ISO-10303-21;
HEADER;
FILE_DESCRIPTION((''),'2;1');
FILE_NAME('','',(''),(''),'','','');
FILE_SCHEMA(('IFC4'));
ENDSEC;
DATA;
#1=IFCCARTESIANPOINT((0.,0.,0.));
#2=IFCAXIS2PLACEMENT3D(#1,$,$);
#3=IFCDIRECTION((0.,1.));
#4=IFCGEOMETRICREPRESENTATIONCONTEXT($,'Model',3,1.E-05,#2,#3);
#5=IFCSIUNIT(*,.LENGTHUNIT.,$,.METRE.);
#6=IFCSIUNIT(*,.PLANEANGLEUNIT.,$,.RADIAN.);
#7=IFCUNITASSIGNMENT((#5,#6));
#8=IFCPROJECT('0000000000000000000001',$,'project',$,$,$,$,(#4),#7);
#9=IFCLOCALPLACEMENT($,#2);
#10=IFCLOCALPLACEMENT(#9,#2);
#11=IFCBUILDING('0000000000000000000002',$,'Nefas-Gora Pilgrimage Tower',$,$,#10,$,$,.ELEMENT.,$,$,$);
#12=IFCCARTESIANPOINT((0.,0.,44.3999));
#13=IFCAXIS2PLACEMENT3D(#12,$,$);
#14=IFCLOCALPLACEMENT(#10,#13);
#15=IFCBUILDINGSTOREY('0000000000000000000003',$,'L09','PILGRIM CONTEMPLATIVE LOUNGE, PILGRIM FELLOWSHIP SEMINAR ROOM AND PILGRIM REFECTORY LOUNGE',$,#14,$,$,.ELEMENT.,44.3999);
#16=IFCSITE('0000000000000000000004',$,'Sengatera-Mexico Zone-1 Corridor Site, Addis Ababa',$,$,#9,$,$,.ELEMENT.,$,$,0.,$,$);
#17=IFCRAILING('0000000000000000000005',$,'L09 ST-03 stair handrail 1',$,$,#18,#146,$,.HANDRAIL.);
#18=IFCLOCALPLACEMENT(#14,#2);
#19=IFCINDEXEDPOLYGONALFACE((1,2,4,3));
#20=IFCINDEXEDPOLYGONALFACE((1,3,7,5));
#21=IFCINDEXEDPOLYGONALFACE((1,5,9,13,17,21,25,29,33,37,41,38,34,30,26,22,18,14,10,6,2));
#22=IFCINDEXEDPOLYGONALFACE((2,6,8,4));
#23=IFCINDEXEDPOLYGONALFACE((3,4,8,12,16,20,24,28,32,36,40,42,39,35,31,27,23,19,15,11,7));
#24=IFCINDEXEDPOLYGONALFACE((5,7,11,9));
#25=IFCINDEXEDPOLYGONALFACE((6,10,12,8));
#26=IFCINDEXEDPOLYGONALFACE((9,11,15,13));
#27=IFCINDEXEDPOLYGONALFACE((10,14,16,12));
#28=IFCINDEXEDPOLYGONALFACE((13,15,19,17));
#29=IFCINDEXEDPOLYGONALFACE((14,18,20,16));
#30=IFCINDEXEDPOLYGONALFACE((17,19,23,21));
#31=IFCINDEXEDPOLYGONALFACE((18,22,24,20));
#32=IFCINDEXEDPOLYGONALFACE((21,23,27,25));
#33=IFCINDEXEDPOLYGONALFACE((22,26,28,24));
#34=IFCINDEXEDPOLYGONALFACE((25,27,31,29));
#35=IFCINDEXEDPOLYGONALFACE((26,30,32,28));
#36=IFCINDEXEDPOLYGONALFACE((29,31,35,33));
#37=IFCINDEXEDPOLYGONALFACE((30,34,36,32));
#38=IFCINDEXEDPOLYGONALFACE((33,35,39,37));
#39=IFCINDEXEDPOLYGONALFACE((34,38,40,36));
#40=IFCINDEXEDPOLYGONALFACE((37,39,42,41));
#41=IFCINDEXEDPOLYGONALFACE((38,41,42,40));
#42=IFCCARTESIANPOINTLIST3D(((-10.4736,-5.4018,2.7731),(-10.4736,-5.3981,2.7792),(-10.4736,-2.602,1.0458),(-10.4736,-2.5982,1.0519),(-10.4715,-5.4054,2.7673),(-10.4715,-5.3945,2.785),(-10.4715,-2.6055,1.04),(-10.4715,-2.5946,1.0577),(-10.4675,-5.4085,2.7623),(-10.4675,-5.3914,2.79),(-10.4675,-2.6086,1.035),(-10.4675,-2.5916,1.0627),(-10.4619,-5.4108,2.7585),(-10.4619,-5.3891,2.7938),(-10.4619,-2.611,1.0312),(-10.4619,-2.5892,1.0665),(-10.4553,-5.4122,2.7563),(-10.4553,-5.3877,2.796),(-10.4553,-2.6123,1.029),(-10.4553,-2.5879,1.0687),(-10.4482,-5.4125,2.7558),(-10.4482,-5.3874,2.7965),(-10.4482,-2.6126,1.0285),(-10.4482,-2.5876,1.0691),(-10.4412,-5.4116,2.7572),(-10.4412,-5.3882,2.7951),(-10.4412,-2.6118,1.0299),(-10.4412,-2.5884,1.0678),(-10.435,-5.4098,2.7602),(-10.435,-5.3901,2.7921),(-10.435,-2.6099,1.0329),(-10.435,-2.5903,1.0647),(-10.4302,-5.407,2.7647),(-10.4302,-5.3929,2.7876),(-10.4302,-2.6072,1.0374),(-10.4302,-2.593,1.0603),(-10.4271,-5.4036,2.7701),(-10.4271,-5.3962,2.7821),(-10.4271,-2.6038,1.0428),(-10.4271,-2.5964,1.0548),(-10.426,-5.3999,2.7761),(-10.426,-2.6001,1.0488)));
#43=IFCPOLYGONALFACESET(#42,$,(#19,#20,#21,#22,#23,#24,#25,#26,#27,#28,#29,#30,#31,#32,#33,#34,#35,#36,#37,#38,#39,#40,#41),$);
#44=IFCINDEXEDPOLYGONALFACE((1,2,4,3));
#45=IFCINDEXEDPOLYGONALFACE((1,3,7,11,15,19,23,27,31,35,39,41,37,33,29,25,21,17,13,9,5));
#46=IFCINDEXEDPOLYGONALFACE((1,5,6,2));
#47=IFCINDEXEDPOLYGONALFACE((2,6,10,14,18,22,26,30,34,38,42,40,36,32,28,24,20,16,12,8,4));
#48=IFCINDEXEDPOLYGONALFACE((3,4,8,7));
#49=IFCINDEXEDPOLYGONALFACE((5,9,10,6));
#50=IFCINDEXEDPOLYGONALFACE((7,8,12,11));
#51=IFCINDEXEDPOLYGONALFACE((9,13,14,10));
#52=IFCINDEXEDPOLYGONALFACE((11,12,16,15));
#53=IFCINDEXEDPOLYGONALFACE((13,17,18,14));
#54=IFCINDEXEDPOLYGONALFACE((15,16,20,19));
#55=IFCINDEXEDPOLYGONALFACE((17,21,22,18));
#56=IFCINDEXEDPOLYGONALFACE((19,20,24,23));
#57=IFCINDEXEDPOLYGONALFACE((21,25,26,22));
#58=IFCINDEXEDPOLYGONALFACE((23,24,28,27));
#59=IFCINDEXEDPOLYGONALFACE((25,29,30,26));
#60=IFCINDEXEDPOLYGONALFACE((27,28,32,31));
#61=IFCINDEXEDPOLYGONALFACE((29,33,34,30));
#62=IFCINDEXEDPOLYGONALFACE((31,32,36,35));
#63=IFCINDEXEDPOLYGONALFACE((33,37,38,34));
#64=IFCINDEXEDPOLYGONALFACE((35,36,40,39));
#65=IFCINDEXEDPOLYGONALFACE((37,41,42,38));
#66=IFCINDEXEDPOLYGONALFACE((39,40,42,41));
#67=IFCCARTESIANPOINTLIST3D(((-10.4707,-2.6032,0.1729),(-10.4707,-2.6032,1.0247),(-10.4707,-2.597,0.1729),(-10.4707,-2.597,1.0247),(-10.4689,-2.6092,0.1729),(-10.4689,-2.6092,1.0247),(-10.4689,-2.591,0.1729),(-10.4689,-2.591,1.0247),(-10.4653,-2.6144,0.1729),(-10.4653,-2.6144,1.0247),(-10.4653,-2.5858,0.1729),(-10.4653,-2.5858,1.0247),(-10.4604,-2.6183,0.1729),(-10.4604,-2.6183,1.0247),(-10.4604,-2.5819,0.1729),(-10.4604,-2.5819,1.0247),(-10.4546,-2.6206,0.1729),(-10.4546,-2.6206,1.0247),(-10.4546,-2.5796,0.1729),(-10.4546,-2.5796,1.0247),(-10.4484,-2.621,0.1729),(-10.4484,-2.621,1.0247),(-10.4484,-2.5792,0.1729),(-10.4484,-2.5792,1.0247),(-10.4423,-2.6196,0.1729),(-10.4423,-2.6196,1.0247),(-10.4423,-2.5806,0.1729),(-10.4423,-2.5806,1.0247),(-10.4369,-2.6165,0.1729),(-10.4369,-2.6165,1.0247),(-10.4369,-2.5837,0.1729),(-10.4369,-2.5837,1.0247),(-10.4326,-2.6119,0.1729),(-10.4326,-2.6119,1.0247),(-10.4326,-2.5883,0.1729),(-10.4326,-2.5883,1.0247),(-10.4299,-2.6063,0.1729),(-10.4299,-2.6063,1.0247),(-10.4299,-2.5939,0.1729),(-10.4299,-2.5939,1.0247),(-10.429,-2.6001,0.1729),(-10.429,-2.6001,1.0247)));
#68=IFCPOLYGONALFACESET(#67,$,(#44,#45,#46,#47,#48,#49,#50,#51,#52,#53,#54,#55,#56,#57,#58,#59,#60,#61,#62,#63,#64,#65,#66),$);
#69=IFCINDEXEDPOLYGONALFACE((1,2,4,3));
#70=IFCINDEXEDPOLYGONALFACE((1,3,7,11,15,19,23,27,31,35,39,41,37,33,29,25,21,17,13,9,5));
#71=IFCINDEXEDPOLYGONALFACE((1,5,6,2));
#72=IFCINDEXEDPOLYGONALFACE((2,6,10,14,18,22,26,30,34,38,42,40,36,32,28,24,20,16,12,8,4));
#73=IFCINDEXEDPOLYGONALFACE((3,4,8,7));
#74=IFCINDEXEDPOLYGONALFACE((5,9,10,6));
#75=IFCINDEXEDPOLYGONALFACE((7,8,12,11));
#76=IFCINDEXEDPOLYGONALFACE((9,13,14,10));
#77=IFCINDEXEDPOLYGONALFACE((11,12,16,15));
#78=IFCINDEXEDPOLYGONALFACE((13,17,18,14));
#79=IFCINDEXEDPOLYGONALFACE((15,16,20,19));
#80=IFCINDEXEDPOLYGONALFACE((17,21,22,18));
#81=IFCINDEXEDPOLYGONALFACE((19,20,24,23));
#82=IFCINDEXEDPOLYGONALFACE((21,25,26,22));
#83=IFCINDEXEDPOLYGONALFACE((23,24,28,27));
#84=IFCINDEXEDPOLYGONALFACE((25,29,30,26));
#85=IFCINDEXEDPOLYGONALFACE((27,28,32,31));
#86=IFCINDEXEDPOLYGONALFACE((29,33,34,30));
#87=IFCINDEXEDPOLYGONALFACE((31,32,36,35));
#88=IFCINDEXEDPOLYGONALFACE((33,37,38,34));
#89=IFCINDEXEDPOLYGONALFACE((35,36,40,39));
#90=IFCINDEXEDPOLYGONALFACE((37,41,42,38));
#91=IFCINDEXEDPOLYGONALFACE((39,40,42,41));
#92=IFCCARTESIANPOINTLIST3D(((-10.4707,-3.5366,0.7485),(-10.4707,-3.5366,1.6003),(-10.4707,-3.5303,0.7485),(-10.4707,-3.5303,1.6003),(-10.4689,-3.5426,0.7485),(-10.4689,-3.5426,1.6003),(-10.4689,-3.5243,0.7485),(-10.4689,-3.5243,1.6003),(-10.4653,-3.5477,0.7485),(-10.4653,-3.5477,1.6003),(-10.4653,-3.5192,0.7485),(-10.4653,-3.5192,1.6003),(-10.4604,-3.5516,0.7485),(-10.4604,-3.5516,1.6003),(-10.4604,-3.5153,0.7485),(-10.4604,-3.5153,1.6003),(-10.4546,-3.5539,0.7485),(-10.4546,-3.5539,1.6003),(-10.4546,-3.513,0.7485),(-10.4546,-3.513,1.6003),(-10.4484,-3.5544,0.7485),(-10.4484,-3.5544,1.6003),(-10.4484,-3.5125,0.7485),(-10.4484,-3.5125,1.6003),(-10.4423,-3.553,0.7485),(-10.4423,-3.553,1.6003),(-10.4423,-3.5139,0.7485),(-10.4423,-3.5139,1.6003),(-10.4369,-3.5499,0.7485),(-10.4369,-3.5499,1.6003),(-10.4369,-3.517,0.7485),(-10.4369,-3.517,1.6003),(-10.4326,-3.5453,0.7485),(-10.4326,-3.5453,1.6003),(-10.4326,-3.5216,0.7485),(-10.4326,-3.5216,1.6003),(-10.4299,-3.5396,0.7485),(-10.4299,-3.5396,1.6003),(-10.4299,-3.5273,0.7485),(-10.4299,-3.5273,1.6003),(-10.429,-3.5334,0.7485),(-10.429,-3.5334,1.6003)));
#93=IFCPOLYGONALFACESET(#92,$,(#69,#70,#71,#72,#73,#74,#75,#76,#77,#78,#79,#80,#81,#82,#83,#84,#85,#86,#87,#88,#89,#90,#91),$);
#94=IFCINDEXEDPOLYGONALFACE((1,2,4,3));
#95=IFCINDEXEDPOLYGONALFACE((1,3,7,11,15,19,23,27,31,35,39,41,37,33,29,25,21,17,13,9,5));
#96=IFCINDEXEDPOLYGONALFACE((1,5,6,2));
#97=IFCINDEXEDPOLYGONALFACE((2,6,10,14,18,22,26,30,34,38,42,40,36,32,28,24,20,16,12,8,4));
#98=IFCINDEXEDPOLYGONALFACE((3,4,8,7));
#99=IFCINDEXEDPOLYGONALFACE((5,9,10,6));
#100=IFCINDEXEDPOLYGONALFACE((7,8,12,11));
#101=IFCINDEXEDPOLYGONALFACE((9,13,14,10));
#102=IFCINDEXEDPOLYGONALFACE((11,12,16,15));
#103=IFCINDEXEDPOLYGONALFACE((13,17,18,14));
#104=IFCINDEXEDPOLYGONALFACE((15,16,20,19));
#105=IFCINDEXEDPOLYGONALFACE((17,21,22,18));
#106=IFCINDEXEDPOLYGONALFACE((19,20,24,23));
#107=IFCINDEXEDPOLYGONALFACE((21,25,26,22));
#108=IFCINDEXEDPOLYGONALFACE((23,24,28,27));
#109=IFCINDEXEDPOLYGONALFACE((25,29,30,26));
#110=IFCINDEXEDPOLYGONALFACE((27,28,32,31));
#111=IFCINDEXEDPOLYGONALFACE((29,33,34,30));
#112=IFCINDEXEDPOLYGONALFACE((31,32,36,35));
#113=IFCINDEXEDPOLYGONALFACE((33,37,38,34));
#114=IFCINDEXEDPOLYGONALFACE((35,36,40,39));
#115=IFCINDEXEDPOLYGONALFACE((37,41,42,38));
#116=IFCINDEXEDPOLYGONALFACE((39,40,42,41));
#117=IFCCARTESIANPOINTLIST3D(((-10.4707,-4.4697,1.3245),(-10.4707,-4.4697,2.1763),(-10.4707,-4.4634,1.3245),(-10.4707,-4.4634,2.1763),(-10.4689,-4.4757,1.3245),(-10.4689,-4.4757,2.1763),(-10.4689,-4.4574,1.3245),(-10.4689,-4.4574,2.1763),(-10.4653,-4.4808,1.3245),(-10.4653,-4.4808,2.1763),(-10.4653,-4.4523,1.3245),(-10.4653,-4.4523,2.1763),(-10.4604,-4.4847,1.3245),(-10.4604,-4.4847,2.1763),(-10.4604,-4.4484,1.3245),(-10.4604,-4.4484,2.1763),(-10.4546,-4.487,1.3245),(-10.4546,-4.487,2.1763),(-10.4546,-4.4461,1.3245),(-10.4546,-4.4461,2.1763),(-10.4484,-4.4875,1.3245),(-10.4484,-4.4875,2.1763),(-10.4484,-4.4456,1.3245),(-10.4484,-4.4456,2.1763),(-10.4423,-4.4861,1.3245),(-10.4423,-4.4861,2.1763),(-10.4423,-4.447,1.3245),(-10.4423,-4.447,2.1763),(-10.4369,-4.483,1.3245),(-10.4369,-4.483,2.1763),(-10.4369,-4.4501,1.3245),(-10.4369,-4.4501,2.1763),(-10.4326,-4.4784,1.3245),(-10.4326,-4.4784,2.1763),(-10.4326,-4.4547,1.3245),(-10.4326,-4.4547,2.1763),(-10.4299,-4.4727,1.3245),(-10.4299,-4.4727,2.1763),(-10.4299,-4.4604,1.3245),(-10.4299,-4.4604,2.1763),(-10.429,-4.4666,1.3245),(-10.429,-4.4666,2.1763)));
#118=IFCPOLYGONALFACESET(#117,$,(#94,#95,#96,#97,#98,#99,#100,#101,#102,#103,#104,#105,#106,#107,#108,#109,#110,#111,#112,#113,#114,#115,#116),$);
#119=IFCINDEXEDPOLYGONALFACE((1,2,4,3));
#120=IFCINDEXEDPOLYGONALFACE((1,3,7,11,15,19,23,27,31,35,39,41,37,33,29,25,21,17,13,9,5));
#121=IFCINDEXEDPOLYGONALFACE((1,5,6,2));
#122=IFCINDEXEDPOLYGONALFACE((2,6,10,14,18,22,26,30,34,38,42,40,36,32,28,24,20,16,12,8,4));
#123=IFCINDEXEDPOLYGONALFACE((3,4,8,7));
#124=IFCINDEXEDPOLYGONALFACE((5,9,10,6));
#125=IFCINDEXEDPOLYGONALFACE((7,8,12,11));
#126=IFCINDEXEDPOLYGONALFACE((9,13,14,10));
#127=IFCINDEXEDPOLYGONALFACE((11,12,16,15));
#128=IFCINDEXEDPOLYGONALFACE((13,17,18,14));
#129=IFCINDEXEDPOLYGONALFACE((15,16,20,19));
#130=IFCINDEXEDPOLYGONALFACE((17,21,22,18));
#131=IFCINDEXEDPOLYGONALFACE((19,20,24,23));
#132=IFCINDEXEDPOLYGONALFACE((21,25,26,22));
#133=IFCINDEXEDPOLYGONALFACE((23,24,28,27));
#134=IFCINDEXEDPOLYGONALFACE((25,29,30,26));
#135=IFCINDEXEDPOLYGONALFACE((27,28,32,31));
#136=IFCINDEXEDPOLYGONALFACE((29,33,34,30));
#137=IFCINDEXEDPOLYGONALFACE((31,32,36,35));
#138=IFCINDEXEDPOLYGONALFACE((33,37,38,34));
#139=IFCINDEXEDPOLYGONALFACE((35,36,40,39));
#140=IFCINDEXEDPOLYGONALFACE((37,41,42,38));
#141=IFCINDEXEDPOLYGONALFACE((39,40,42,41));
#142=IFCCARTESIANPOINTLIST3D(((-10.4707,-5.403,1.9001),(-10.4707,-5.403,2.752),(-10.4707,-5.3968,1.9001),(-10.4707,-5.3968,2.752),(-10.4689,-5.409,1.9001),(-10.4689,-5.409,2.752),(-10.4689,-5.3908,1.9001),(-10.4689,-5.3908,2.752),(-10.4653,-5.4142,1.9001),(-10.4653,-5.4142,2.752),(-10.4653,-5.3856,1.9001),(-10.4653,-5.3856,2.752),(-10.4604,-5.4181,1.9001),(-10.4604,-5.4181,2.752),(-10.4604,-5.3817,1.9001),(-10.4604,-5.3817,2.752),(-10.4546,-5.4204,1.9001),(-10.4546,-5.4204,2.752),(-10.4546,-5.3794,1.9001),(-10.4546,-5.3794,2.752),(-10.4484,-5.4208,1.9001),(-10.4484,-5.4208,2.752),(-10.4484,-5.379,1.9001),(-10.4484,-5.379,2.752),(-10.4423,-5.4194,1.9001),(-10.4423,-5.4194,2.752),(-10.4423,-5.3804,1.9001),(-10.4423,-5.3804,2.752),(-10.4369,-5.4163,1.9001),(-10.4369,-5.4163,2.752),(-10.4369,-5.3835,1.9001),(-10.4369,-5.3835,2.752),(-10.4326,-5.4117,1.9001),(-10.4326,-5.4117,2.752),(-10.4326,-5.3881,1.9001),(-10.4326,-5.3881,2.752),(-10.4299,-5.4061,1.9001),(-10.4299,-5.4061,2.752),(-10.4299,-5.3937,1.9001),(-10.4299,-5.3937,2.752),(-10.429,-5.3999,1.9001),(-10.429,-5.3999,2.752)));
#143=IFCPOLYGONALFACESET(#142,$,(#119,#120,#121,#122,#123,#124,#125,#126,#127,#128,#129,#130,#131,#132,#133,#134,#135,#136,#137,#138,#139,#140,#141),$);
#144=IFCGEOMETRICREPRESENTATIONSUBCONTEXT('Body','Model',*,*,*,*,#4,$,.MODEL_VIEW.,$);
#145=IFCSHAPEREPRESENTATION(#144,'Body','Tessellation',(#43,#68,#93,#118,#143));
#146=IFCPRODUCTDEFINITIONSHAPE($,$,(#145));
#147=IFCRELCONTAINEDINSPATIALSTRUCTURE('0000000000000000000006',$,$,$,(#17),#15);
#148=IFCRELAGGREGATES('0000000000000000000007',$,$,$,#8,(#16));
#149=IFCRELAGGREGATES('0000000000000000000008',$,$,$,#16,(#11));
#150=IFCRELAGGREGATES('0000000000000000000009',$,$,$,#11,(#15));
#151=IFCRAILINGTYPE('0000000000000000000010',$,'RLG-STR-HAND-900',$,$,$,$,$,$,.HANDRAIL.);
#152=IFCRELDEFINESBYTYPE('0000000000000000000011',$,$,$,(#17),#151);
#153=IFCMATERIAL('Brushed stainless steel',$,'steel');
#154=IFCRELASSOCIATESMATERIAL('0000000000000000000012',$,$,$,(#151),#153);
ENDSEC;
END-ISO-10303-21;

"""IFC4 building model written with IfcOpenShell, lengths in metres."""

from ifc_helpers import new_model, si_unit, direction, frame, origin, origin_2d, place, context, subcontext, project, spatial, circle, extrude, material, type_object, element, save


model = new_model("IFC4")

# Units and contexts
model_context = context("Model", 3, precision=1e-05, world=origin(), true_north=direction((0.0, 1.0)))
body_context = subcontext(model_context, "Body", "Model", "MODEL_VIEW")
ifc_project = project(units=[si_unit("LENGTHUNIT", "METRE"), si_unit("PLANEANGLEUNIT", "RADIAN")], contexts=[model_context])

# Site, building, storey
site_placement = place(None, origin())
site = spatial("IfcSite", under=ifc_project, at=site_placement, Name="Sengatera-Mexico Zone-1 Corridor Site, Addis Ababa", CompositionType="ELEMENT", RefElevation=0.0)
building_placement = place(site_placement, origin())
building = spatial("IfcBuilding", under=site, at=building_placement, Name="Nefas-Gora Pilgrimage Tower", CompositionType="ELEMENT")
storey_placement = place(building_placement, frame((0.0, 0.0, 44.3999)))
storey = spatial("IfcBuildingStorey", under=building, at=storey_placement, Name="L09", Description="PILGRIM CONTEMPLATIVE LOUNGE, PILGRIM FELLOWSHIP SEMINAR ROOM AND PILGRIM REFECTORY LOUNGE", CompositionType="ELEMENT", Elevation=44.3999)

# Railing
ifc_material_1 = material(Name="Brushed stainless steel", Category="steel")
railing_type_1 = type_object("IfcRailingType", Name="RLG-STR-HAND-900", PredefinedType="HANDRAIL", material=ifc_material_1)
railing_1_placement = place(storey_placement, frame((-10.45, -2.6001, 0.1729)))
element("IfcRailing", 1, at=railing_1_placement, inside=storey, type_object=railing_type_1, Name="L09 ST-03 stair handrail 1", PredefinedType="HANDRAIL", context=body_context, shape_type="SweptSolid", body=[
    extrude(circle(Radius=0.0239, at=origin_2d()), frame((0.0, 0.0, 0.876), z_axis=(0.0, -0.851069, 0.525054), x_axis=(1.0, 0.0, 0.0)), (0.0, 0.0, 1.0), 3.2898),
    extrude(circle(Radius=0.021, at=origin_2d()), origin(), (0.0, 0.0, 1.0), 0.8518),
    extrude(circle(Radius=0.021, at=origin_2d()), frame((0.0, -0.9333, 0.5757)), (0.0, 0.0, 1.0), 0.8518),
    extrude(circle(Radius=0.021, at=origin_2d()), frame((0.0, -1.8665, 1.1516)), (0.0, 0.0, 1.0), 0.8518),
    extrude(circle(Radius=0.021, at=origin_2d()), frame((0.0, -2.7998, 1.7273)), (0.0, 0.0, 1.0), 0.8518),
])

save(model, "model.ifc")
